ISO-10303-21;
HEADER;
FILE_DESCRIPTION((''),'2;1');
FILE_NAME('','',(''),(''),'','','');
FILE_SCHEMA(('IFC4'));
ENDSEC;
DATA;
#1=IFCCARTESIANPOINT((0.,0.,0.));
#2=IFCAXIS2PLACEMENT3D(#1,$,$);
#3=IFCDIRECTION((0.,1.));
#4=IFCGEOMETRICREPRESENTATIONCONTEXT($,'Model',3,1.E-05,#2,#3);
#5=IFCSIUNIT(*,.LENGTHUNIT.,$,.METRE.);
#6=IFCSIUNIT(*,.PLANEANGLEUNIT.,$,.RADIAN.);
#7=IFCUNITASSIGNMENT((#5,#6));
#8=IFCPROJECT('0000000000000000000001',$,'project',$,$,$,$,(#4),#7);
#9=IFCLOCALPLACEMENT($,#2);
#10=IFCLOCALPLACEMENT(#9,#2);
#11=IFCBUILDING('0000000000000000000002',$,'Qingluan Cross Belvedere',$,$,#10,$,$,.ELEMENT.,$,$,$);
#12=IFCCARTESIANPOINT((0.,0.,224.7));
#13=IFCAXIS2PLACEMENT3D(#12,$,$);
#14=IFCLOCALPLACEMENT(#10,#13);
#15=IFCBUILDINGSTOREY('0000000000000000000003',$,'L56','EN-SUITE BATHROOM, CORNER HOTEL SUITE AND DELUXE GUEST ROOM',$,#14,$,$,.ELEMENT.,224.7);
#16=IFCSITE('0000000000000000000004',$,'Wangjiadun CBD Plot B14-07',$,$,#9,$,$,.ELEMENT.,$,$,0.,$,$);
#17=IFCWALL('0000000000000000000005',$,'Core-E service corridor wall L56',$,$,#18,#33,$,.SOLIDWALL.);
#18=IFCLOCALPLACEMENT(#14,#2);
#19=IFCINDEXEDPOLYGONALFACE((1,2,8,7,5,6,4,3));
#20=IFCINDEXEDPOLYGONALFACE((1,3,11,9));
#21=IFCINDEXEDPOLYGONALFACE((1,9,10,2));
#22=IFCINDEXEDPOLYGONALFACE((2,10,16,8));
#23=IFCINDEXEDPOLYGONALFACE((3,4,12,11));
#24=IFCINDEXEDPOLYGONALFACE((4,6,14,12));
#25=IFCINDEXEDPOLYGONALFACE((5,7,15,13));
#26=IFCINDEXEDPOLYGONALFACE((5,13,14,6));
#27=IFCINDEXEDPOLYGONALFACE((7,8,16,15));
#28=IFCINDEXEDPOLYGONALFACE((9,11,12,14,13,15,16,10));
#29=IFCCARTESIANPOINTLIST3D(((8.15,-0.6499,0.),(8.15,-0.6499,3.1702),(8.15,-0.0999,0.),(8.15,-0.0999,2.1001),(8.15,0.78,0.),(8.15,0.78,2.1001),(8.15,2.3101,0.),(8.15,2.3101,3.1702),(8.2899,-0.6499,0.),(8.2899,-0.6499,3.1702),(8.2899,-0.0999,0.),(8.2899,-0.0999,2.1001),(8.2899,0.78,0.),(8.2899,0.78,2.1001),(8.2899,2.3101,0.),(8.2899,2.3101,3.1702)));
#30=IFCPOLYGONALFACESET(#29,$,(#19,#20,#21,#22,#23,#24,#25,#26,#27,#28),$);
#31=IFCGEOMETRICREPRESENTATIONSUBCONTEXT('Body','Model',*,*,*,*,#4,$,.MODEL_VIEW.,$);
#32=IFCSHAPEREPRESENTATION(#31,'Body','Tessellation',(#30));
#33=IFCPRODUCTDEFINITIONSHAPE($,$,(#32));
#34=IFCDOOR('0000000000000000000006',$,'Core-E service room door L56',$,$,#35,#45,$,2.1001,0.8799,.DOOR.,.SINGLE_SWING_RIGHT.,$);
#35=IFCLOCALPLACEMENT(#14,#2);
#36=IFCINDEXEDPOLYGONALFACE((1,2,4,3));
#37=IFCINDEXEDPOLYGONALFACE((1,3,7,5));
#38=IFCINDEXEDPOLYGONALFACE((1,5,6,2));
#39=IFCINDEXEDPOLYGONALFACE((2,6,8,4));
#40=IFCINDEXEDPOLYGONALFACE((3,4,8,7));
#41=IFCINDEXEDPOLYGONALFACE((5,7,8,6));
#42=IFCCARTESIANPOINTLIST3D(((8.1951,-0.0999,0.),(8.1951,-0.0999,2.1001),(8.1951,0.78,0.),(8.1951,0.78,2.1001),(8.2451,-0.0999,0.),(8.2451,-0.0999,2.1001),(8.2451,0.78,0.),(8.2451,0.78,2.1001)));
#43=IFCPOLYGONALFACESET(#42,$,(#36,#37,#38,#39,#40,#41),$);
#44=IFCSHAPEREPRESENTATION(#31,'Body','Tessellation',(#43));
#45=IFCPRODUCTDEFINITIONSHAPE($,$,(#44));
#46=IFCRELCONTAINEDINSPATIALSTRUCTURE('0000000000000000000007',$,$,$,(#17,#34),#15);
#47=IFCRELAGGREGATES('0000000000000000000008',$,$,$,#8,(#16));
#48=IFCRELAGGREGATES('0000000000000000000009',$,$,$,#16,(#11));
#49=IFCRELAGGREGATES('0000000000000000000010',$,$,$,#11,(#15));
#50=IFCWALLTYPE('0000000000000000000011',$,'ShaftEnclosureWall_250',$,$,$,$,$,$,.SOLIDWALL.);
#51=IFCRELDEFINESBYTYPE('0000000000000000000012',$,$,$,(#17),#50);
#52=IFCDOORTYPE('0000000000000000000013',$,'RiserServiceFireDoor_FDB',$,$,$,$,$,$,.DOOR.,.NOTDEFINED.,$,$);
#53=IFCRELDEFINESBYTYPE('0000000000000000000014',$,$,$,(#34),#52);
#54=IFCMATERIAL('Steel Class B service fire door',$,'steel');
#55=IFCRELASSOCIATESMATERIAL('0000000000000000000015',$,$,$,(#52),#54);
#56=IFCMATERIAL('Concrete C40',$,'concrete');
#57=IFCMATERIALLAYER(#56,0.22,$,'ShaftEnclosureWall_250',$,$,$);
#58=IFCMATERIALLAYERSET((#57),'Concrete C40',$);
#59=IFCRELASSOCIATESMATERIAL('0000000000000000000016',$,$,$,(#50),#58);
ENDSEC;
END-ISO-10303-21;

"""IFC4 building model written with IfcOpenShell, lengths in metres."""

from ifc_helpers import new_model, si_unit, direction, frame, frame_2d, origin, place, context, subcontext, project, spatial, rectangle, extrude, material, layer, layer_set, type_object, element, fill, save


model = new_model("IFC4")

# Units and contexts
model_context = context("Model", 3, precision=1e-05, world=origin(), true_north=direction((0.0, 1.0)))
body_context = subcontext(model_context, "Body", "Model", "MODEL_VIEW")
ifc_project = project(units=[si_unit("LENGTHUNIT", "METRE"), si_unit("PLANEANGLEUNIT", "RADIAN")], contexts=[model_context])

# Site, building, storey
site_placement = place(None, origin())
site = spatial("IfcSite", under=ifc_project, at=site_placement, Name="Wangjiadun CBD Plot B14-07", CompositionType="ELEMENT", RefElevation=0.0)
building_placement = place(site_placement, origin())
building = spatial("IfcBuilding", under=site, at=building_placement, Name="Qingluan Cross Belvedere", CompositionType="ELEMENT")
storey_placement = place(building_placement, frame((0.0, 0.0, 224.7)))
storey = spatial("IfcBuildingStorey", under=building, at=storey_placement, Name="L56", Description="EN-SUITE BATHROOM, CORNER HOTEL SUITE AND DELUXE GUEST ROOM", CompositionType="ELEMENT", Elevation=224.7)

# Shared definitions
ifc_material_1 = material(Name="Steel Class B service fire door", Category="steel")
door_type_1 = type_object("IfcDoorType", Name="RiserServiceFireDoor_FDB", OperationType="NOTDEFINED", PredefinedType="DOOR", material=ifc_material_1)

# Shared definitions
ifc_material_2 = material(Name="Concrete C40", Category="concrete")
ifc_layer_1 = layer(ifc_material_2, 0.22, Name="ShaftEnclosureWall_250")
ifc_layer_set_1 = layer_set([ifc_layer_1], Name="Concrete C40")
wall_type_1 = type_object("IfcWallType", Name="ShaftEnclosureWall_250", PredefinedType="SOLIDWALL", material=ifc_layer_set_1)

# Wall, opening, door
wall_1_placement = place(storey_placement, frame((8.22, -0.6499, 0.0), z_axis=(0.0, 0.0, 1.0), x_axis=(0.0, 1.0, 0.0)))
wall_1 = element("IfcWall", 1, at=wall_1_placement, inside=storey, type_object=wall_type_1, Name="Core-E service corridor wall L56", PredefinedType="SOLIDWALL", context=body_context, shape_type="SweptSolid", body=[
    extrude(rectangle(XDim=2.96, YDim=0.1399, at=frame_2d((1.48, 0.0))), origin(), (0.0, 0.0, 1.0), 3.1702),
])
opening_1_placement = place(wall_1_placement, frame((0.55, 0.0, 0.0)))
opening_1 = element("IfcOpeningElement", 2, at=opening_1_placement, cuts=wall_1, PredefinedType="OPENING", context=body_context, shape_type="SweptSolid", body=[
    extrude(rectangle(XDim=0.8799, YDim=2.1001, at=frame_2d((0.4399, 1.05))), frame((0.0, 0.0798, 0.0), z_axis=(0.0, -1.0, 0.0), x_axis=(1.0, 0.0, 0.0)), (0.0, 0.0, 1.0), 0.1599),
])
door_1_placement = place(opening_1_placement, origin())
door_1 = element("IfcDoor", 3, at=door_1_placement, inside=storey, type_object=door_type_1, Name="Core-E service room door L56", OperationType="SINGLE_SWING_RIGHT", OverallHeight=2.1001, OverallWidth=0.8799, PredefinedType="DOOR", context=body_context, shape_type="SweptSolid", body=[
    extrude(rectangle(XDim=0.8799, YDim=2.1001, at=frame_2d((0.4399, 1.05))), frame((0.0, 0.0249, 0.0), z_axis=(0.0, -1.0, 0.0), x_axis=(1.0, 0.0, 0.0)), (0.0, 0.0, 1.0), 0.05),
])
fill(opening_1, door_1)

save(model, "model.ifc")
